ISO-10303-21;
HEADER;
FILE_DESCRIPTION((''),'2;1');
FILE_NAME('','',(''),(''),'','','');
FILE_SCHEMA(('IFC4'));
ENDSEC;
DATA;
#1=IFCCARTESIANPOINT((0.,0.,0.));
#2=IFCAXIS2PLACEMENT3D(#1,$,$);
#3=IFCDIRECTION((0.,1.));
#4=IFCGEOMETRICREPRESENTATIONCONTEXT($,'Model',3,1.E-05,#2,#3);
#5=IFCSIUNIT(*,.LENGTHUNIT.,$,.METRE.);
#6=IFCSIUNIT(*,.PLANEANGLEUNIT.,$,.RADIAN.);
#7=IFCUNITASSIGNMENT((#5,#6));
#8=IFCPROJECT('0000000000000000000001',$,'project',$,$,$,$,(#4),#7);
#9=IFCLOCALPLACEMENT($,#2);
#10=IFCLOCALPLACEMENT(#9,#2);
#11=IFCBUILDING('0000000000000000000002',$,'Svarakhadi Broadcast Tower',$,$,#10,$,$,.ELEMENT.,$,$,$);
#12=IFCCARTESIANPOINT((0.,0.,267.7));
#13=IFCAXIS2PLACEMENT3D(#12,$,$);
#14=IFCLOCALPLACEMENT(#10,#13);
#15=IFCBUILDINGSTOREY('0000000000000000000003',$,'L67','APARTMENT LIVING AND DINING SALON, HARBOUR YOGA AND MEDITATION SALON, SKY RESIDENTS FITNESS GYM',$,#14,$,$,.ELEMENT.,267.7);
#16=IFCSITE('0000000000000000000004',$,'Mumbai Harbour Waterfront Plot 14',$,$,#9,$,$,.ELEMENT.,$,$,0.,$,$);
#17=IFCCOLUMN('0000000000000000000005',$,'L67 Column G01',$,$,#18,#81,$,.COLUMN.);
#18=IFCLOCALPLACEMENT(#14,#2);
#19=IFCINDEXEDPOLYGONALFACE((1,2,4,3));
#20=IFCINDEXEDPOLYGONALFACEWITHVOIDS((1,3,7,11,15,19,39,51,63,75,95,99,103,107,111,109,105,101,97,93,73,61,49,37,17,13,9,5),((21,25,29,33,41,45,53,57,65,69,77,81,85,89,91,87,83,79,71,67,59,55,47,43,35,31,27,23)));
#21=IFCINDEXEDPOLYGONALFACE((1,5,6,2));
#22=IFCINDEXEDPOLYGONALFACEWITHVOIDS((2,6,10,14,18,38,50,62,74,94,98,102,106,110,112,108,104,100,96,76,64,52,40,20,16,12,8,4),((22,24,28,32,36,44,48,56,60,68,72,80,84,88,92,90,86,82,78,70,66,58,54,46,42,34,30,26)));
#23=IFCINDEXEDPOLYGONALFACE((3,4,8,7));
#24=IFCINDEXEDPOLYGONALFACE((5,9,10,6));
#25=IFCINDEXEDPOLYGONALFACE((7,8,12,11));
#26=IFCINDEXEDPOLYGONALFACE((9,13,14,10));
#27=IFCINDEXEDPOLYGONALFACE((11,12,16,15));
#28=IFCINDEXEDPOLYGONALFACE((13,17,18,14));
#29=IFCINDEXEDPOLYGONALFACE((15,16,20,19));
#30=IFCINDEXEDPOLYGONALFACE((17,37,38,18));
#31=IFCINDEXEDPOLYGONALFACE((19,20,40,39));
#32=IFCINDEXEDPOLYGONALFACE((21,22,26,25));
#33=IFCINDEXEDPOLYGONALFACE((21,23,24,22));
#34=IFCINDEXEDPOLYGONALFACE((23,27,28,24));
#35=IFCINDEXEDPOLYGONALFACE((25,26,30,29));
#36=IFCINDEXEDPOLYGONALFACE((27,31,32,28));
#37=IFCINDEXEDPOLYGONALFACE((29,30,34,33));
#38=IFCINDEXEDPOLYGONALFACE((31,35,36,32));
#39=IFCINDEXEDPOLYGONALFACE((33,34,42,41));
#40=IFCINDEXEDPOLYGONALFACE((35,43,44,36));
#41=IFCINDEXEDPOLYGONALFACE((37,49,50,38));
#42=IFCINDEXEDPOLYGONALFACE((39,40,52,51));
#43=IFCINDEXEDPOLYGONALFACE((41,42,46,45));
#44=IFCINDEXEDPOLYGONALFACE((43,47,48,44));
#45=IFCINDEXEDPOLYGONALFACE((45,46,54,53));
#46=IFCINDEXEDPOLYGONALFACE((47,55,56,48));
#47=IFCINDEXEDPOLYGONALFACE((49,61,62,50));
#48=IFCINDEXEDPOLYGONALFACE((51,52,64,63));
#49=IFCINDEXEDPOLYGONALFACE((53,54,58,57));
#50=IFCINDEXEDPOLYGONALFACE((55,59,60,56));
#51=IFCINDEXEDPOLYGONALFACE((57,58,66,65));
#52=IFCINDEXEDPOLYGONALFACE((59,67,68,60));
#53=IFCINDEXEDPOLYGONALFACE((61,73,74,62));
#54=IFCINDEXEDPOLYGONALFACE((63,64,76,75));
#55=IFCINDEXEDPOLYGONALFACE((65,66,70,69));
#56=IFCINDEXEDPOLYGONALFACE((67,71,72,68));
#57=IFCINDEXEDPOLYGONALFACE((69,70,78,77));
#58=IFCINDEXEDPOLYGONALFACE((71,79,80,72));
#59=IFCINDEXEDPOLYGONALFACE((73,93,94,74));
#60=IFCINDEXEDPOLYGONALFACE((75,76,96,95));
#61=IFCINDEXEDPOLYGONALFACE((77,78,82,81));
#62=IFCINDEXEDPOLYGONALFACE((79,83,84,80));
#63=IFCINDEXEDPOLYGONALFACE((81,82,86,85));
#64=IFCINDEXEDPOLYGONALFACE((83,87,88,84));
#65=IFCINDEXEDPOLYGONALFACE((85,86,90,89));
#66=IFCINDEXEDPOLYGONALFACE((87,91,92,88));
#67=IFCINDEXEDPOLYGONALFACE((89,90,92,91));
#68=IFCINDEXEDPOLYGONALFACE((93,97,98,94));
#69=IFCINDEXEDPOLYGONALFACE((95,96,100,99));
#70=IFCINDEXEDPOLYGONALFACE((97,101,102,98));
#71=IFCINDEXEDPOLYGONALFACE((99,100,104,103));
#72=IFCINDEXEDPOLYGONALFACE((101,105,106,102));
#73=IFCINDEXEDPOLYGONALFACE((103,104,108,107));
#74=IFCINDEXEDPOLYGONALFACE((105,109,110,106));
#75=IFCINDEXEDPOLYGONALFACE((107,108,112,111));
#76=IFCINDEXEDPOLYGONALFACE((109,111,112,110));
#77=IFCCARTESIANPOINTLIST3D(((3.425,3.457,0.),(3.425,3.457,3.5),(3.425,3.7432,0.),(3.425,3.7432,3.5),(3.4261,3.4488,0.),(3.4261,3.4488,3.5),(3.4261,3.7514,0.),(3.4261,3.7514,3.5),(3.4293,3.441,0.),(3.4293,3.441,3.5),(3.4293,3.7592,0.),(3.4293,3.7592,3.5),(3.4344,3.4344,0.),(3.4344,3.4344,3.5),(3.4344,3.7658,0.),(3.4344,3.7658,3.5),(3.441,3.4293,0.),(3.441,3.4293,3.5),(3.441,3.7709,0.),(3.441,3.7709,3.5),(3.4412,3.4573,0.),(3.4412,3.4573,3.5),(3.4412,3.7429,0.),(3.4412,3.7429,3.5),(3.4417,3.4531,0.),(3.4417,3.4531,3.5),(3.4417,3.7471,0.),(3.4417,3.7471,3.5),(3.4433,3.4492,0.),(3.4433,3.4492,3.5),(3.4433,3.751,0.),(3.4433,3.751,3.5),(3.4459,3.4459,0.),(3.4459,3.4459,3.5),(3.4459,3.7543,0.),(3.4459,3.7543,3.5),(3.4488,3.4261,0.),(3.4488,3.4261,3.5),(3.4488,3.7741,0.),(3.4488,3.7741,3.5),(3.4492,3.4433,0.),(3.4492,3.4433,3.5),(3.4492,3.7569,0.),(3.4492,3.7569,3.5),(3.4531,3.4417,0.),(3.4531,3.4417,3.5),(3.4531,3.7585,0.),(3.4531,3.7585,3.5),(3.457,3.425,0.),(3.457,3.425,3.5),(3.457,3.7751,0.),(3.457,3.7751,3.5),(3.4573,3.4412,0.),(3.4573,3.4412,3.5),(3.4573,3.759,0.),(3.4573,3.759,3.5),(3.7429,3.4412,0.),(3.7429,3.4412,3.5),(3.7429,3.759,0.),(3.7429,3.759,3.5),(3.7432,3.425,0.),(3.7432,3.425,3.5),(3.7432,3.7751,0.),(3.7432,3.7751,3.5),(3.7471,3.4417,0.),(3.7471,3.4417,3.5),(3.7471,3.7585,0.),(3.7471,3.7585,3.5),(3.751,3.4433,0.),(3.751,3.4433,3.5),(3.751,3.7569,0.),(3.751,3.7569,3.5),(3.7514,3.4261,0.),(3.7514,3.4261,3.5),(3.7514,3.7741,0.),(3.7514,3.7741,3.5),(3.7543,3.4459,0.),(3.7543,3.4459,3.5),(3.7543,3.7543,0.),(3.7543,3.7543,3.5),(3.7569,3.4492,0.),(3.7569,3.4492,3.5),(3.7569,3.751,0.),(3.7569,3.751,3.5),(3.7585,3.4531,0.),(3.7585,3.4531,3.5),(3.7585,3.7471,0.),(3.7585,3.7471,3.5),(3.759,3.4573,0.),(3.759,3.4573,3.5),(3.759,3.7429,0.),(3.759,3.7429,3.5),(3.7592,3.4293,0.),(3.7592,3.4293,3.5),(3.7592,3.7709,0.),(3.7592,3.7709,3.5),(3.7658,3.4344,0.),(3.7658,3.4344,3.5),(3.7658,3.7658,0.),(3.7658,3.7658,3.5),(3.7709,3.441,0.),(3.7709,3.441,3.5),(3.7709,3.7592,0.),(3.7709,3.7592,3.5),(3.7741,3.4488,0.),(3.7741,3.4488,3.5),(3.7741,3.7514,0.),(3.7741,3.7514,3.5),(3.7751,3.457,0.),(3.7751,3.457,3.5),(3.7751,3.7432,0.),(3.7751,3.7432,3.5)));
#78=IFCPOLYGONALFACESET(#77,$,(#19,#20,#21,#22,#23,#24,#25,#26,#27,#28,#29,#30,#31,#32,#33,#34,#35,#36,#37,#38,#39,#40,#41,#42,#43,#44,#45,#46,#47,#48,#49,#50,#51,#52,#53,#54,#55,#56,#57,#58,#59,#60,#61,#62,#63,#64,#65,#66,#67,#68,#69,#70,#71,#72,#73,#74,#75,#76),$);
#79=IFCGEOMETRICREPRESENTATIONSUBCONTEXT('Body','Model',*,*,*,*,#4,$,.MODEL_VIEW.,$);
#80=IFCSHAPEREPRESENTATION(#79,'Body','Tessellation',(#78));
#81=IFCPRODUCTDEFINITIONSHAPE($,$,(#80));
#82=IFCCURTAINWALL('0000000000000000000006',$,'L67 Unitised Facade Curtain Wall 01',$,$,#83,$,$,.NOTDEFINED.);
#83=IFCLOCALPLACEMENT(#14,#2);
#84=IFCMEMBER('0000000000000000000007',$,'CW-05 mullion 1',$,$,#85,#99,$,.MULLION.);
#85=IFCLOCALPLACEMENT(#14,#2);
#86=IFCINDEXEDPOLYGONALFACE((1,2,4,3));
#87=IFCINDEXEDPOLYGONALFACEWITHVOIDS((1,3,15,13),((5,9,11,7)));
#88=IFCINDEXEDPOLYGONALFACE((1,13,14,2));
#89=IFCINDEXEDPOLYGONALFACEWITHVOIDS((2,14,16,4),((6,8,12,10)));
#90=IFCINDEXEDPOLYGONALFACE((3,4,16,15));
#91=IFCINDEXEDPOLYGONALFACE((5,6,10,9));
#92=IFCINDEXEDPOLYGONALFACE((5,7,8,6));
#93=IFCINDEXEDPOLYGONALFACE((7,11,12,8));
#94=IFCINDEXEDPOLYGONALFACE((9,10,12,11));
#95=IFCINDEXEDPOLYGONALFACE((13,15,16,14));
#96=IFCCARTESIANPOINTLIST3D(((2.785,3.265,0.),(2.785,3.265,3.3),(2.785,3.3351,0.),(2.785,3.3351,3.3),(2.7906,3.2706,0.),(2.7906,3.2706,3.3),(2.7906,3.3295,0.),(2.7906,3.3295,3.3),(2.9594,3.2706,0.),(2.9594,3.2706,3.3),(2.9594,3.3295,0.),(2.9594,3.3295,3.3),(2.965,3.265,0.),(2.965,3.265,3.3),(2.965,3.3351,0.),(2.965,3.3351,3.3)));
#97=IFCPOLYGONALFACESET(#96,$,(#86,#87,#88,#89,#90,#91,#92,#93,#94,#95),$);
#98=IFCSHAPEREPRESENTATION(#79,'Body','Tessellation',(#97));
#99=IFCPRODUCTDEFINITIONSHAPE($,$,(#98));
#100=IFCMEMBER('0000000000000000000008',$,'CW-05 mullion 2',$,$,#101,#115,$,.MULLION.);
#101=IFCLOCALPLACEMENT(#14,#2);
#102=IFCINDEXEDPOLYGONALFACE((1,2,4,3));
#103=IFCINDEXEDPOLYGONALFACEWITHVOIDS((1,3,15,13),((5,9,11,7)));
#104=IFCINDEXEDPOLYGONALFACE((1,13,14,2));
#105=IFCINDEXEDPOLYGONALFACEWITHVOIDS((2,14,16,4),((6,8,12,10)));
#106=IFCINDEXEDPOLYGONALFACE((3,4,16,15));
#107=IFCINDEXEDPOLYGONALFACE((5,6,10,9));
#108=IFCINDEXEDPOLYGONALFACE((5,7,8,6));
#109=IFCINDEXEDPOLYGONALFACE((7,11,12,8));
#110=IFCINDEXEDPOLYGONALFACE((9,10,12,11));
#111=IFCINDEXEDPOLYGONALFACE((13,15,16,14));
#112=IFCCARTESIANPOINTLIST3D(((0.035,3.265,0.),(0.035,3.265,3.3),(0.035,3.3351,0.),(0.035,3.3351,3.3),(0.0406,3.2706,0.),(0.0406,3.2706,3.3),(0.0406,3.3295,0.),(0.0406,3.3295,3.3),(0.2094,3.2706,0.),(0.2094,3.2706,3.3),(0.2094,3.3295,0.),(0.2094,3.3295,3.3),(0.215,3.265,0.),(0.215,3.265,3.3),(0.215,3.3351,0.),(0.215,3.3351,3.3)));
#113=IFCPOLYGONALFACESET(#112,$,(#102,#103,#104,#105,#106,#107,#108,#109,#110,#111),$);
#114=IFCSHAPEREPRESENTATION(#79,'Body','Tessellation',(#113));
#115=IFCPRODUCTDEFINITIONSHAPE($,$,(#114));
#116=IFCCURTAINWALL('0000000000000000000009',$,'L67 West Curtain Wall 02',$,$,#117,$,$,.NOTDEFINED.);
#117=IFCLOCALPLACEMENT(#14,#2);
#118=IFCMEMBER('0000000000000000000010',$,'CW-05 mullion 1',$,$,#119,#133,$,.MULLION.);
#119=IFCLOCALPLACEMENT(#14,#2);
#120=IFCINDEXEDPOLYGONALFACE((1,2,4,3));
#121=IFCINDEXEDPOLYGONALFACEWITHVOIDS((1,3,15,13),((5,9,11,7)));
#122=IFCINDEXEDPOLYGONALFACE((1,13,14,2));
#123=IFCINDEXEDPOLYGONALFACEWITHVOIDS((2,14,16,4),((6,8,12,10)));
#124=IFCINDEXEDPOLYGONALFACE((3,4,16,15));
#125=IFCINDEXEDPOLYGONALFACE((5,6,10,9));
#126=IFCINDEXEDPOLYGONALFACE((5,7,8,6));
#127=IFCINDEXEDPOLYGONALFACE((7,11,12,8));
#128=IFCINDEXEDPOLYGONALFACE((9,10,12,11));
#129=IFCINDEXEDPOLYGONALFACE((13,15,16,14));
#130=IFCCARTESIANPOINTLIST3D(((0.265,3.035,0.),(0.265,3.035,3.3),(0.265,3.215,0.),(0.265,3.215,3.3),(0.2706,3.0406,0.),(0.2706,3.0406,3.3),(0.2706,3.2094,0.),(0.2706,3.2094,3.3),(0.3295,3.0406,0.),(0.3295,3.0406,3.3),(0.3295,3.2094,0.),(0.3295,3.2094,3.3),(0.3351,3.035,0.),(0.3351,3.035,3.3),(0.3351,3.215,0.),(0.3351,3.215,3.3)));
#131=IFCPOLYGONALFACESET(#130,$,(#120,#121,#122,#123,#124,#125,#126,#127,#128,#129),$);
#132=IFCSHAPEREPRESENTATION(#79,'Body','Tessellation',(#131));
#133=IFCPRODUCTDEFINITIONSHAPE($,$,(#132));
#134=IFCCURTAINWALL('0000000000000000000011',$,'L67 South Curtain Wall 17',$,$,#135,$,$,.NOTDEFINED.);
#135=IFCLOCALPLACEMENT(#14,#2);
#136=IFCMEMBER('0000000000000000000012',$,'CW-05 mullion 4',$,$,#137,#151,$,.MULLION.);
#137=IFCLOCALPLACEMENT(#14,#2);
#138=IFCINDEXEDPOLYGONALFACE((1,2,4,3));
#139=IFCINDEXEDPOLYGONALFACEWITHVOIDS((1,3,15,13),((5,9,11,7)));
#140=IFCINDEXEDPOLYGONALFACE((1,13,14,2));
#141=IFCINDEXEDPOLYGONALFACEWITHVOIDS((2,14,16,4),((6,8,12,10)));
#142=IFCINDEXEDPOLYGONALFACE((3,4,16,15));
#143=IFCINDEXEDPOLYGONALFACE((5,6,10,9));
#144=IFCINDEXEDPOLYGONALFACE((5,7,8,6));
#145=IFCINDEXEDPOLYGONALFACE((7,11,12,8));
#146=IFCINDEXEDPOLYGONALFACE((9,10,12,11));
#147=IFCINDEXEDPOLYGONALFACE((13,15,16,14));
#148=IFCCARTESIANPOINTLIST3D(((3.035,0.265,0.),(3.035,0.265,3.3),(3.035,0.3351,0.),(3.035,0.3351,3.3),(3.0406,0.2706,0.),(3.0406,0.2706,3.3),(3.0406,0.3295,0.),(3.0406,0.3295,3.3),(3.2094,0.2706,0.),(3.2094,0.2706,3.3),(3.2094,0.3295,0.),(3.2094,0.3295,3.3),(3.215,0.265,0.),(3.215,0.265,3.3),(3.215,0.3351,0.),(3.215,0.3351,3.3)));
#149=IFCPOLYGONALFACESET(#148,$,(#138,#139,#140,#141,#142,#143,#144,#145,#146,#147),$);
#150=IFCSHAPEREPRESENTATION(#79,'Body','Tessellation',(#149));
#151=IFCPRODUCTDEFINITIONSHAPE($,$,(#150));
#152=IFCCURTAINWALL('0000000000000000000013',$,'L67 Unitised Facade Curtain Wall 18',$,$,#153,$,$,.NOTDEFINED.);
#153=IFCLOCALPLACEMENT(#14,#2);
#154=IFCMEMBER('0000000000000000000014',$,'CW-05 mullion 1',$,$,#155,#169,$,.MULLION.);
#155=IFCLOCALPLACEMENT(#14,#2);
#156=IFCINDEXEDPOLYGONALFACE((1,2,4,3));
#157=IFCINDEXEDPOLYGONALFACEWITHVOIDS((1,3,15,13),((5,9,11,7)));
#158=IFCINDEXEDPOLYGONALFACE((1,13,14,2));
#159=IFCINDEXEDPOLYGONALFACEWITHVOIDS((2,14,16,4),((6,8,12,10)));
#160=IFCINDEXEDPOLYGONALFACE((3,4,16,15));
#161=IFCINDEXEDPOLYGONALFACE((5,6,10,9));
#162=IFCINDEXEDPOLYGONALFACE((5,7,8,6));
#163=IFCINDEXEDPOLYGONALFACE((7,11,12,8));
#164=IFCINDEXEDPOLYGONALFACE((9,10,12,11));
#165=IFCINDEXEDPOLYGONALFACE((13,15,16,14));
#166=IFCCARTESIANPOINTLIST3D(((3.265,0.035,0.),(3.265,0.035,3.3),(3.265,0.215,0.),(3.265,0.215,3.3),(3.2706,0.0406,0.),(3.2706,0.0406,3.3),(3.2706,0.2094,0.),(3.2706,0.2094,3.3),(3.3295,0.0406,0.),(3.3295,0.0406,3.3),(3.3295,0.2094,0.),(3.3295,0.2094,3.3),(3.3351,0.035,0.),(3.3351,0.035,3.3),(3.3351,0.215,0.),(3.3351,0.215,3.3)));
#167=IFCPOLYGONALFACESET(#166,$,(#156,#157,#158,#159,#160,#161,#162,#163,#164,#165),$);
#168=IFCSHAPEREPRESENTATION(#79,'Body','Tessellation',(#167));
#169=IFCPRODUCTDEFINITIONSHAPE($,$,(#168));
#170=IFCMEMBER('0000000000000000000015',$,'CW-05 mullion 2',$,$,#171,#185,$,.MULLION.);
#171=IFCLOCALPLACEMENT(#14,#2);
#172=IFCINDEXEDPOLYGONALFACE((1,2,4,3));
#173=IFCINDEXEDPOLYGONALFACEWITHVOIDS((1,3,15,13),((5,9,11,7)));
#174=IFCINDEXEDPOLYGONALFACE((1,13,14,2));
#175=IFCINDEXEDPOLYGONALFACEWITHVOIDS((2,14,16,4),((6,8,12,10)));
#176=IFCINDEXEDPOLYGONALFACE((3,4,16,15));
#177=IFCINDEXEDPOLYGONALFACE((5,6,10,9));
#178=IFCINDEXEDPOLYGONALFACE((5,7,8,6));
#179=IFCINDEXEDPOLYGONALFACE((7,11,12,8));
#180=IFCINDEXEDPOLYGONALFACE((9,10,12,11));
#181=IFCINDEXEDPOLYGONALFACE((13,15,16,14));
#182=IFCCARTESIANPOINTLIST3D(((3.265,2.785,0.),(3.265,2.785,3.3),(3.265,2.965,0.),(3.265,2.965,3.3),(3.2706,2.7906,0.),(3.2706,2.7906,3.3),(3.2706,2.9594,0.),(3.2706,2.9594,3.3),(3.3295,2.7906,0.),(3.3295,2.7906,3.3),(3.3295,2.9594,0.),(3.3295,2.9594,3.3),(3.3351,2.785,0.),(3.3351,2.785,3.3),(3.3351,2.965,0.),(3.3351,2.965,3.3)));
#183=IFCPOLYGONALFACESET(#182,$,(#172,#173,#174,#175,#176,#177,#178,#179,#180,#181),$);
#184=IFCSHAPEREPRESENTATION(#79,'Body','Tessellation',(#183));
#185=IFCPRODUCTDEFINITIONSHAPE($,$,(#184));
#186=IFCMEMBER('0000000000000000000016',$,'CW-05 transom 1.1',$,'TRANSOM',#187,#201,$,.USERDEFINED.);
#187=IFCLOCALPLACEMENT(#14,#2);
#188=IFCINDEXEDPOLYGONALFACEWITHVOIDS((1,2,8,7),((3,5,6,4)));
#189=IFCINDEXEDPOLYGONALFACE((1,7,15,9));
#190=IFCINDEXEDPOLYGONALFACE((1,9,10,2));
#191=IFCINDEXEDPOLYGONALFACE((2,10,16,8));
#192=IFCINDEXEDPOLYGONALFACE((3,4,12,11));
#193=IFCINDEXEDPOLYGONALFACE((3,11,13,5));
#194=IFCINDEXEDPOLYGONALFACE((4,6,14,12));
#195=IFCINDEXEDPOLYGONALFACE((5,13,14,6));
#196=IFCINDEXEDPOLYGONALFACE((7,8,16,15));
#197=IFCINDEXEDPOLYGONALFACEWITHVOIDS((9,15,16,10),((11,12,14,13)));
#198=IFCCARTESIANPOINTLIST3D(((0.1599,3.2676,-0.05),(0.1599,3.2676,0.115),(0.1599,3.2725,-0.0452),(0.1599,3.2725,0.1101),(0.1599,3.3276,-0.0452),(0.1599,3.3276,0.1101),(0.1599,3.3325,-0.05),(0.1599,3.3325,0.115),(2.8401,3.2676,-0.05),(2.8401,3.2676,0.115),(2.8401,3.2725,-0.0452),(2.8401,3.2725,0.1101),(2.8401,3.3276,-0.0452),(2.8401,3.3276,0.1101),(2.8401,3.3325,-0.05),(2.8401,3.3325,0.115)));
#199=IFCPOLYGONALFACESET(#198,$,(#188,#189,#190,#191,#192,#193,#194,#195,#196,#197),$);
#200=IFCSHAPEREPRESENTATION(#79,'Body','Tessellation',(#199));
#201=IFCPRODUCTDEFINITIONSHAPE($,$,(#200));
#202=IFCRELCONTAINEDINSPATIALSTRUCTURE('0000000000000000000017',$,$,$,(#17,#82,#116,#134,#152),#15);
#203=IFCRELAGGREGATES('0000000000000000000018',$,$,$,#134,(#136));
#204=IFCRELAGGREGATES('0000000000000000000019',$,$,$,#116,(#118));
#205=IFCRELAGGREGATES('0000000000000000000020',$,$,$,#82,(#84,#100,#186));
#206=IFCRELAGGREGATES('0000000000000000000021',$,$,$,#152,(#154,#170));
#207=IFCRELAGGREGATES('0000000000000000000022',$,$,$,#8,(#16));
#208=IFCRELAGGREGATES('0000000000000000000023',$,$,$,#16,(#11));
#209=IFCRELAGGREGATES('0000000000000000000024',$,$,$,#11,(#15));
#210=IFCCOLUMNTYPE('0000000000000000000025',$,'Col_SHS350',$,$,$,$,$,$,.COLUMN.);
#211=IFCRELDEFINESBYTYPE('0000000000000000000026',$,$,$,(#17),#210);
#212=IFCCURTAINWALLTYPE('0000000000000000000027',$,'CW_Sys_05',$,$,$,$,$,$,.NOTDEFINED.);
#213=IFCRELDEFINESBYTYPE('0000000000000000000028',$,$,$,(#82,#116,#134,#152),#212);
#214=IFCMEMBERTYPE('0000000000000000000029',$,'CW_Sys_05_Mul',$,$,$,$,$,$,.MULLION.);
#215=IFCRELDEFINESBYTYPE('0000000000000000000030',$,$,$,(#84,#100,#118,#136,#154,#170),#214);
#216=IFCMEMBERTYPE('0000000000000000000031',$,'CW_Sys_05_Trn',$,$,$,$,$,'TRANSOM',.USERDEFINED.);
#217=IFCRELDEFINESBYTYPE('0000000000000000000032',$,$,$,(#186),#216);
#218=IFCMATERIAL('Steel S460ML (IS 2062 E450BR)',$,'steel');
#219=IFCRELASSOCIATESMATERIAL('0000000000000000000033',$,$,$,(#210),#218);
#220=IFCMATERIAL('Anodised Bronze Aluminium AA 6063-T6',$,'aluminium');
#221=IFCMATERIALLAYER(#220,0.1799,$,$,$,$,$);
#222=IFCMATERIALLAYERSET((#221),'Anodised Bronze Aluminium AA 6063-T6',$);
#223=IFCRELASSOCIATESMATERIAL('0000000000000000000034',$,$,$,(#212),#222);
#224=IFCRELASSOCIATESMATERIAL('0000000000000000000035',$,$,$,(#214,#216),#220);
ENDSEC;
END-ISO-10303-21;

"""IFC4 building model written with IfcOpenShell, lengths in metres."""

from ifc_helpers import new_model, si_unit, direction, frame, origin, origin_2d, place, context, subcontext, project, spatial, hollow_rectangle, extrude, material, layer, layer_set, material_profile, profile_set, type_object, element, aggregate, save


model = new_model("IFC4")

# Units and contexts
model_context = context("Model", 3, precision=1e-05, world=origin(), true_north=direction((0.0, 1.0)))
body_context = subcontext(model_context, "Body", "Model", "MODEL_VIEW")
ifc_project = project(units=[si_unit("LENGTHUNIT", "METRE"), si_unit("PLANEANGLEUNIT", "RADIAN")], contexts=[model_context])

# Site, building, storey
site_placement = place(None, origin())
site = spatial("IfcSite", under=ifc_project, at=site_placement, Name="Mumbai Harbour Waterfront Plot 14", CompositionType="ELEMENT", RefElevation=0.0)
building_placement = place(site_placement, origin())
building = spatial("IfcBuilding", under=site, at=building_placement, Name="Svarakhadi Broadcast Tower", CompositionType="ELEMENT")
storey_placement = place(building_placement, frame((0.0, 0.0, 267.7)))
storey = spatial("IfcBuildingStorey", under=building, at=storey_placement, Name="L67", Description="APARTMENT LIVING AND DINING SALON, HARBOUR YOGA AND MEDITATION SALON, SKY RESIDENTS FITNESS GYM", CompositionType="ELEMENT", Elevation=267.7)

# Column
ifc_material_1 = material(Name="Steel S460ML (IS 2062 E450BR)", Category="steel")
ifc_material_profile_1 = material_profile(ifc_material_1, hollow_rectangle(XDim=0.3501, YDim=0.3501, WallThickness=0.0161, InnerFilletRadius=0.0161, OuterFilletRadius=0.032, at=origin_2d()), Name="SHS 350x350x16")
ifc_profile_set_1 = profile_set([ifc_material_profile_1], Name="Steel S460ML (IS 2062 E450BR)")
column_type = type_object("IfcColumnType", Name="Col_SHS350", PredefinedType="COLUMN", material=ifc_profile_set_1)
column_placement = place(storey_placement, frame((3.6001, 3.6001, 0.0), z_axis=(0.0, 0.0, 1.0), x_axis=(1.0, 0.0, 0.0)))
element("IfcColumn", 1, at=column_placement, inside=storey, type_object=column_type, Name="L67 Column G01", PredefinedType="COLUMN", context=body_context, shape_type="SweptSolid", body=[
    extrude(hollow_rectangle(XDim=0.3501, YDim=0.3501, WallThickness=0.0161, InnerFilletRadius=0.0161, OuterFilletRadius=0.032, at=origin_2d()), origin(), (0.0, 0.0, 1.0), 3.5),
])

# Curtain wall, members
ifc_material_2 = material(Name="Anodised Bronze Aluminium AA 6063-T6", Category="aluminium")
ifc_layer_1 = layer(ifc_material_2, 0.1799)
ifc_layer_set_1 = layer_set([ifc_layer_1], Name="Anodised Bronze Aluminium AA 6063-T6")
curtain_wall_type = type_object("IfcCurtainWallType", Name="CW_Sys_05", PredefinedType="NOTDEFINED", material=ifc_layer_set_1)
curtain_wall_1_placement = place(storey_placement, origin())
curtain_wall_1 = element("IfcCurtainWall", 2, at=curtain_wall_1_placement, inside=storey, type_object=curtain_wall_type, Name="L67 Unitised Facade Curtain Wall 01", PredefinedType="NOTDEFINED")
ifc_material_profile_2 = material_profile(ifc_material_2, hollow_rectangle(XDim=0.0701, YDim=0.1799, WallThickness=0.0056, at=origin_2d()), Name="ALU MULLION 180x70x6")
ifc_profile_set_2 = profile_set([ifc_material_profile_2], Name="Anodised Bronze Aluminium AA 6063-T6")
member_type_1 = type_object("IfcMemberType", Name="CW_Sys_05_Mul", PredefinedType="MULLION", material=ifc_profile_set_2)
member_1_placement = place(storey_placement, frame((2.875, 3.3, 0.0), z_axis=(0.0, 0.0, 1.0), x_axis=(0.0, -1.0, 0.0)))
member_1 = element("IfcMember", 3, at=member_1_placement, type_object=member_type_1, Name="CW-05 mullion 1", PredefinedType="MULLION", context=body_context, shape_type="SweptSolid", body=[
    extrude(hollow_rectangle(XDim=0.0701, YDim=0.1799, WallThickness=0.0056, at=origin_2d()), origin(), (0.0, 0.0, 1.0), 3.3),
])
member_2_placement = place(storey_placement, frame((0.125, 3.3, 0.0), z_axis=(0.0, 0.0, 1.0), x_axis=(0.0, -1.0, 0.0)))
member_2 = element("IfcMember", 4, at=member_2_placement, type_object=member_type_1, Name="CW-05 mullion 2", PredefinedType="MULLION", context=body_context, shape_type="SweptSolid", body=[
    extrude(hollow_rectangle(XDim=0.0701, YDim=0.1799, WallThickness=0.0056, at=origin_2d()), origin(), (0.0, 0.0, 1.0), 3.3),
])

# Curtain walls, members
curtain_wall_2_placement = place(storey_placement, origin())
curtain_wall_2 = element("IfcCurtainWall", 5, at=curtain_wall_2_placement, inside=storey, type_object=curtain_wall_type, Name="L67 West Curtain Wall 02", PredefinedType="NOTDEFINED")
member_3_placement = place(storey_placement, frame((0.3, 3.125, 0.0), z_axis=(0.0, 0.0, 1.0), x_axis=(-1.0, 0.0, 0.0)))
member_3 = element("IfcMember", 6, at=member_3_placement, type_object=member_type_1, Name="CW-05 mullion 1", PredefinedType="MULLION", context=body_context, shape_type="SweptSolid", body=[
    extrude(hollow_rectangle(XDim=0.0701, YDim=0.1799, WallThickness=0.0056, at=origin_2d()), origin(), (0.0, 0.0, 1.0), 3.3),
])
curtain_wall_3_placement = place(storey_placement, origin())
curtain_wall_3 = element("IfcCurtainWall", 7, at=curtain_wall_3_placement, inside=storey, type_object=curtain_wall_type, Name="L67 South Curtain Wall 17", PredefinedType="NOTDEFINED")
member_4_placement = place(storey_placement, frame((3.125, 0.3, 0.0), z_axis=(0.0, 0.0, 1.0), x_axis=(0.0, -1.0, 0.0)))
member_4 = element("IfcMember", 8, at=member_4_placement, type_object=member_type_1, Name="CW-05 mullion 4", PredefinedType="MULLION", context=body_context, shape_type="SweptSolid", body=[
    extrude(hollow_rectangle(XDim=0.0701, YDim=0.1799, WallThickness=0.0056, at=origin_2d()), origin(), (0.0, 0.0, 1.0), 3.3),
])
aggregate(curtain_wall_3, [member_4])

# Curtain wall, members
curtain_wall_4_placement = place(storey_placement, origin())
curtain_wall_4 = element("IfcCurtainWall", 9, at=curtain_wall_4_placement, inside=storey, type_object=curtain_wall_type, Name="L67 Unitised Facade Curtain Wall 18", PredefinedType="NOTDEFINED")
member_5_placement = place(storey_placement, frame((3.3, 0.125, 0.0), z_axis=(0.0, 0.0, 1.0), x_axis=(-1.0, 0.0, 0.0)))
member_5 = element("IfcMember", 10, at=member_5_placement, type_object=member_type_1, Name="CW-05 mullion 1", PredefinedType="MULLION", context=body_context, shape_type="SweptSolid", body=[
    extrude(hollow_rectangle(XDim=0.0701, YDim=0.1799, WallThickness=0.0056, at=origin_2d()), origin(), (0.0, 0.0, 1.0), 3.3),
])
member_6_placement = place(storey_placement, frame((3.3, 2.875, 0.0), z_axis=(0.0, 0.0, 1.0), x_axis=(-1.0, 0.0, 0.0)))
member_6 = element("IfcMember", 11, at=member_6_placement, type_object=member_type_1, Name="CW-05 mullion 2", PredefinedType="MULLION", context=body_context, shape_type="SweptSolid", body=[
    extrude(hollow_rectangle(XDim=0.0701, YDim=0.1799, WallThickness=0.0056, at=origin_2d()), origin(), (0.0, 0.0, 1.0), 3.3),
])

# Member
ifc_material_profile_3 = material_profile(ifc_material_2, hollow_rectangle(XDim=0.0649, YDim=0.165, WallThickness=0.0049, at=origin_2d()), Name="ALU TRANSOM 165x65x5")
ifc_profile_set_3 = profile_set([ifc_material_profile_3], Name="Anodised Bronze Aluminium AA 6063-T6")
member_type_2 = type_object("IfcMemberType", Name="CW_Sys_05_Trn", ElementType="TRANSOM", PredefinedType="USERDEFINED", material=ifc_profile_set_3)
member_7_placement = place(storey_placement, frame((2.8401, 3.3, 0.0325), z_axis=(-1.0, 0.0, 0.0), x_axis=(0.0, -1.0, 0.0)))
member_7 = element("IfcMember", 12, at=member_7_placement, type_object=member_type_2, Name="CW-05 transom 1.1", ObjectType="TRANSOM", PredefinedType="USERDEFINED", context=body_context, shape_type="SweptSolid", body=[
    extrude(hollow_rectangle(XDim=0.0649, YDim=0.165, WallThickness=0.0049, at=origin_2d()), origin(), (0.0, 0.0, 1.0), 2.6802),
])
aggregate(curtain_wall_2, [member_3])

aggregate(curtain_wall_1, [member_1, member_2, member_7])
aggregate(curtain_wall_4, [member_5, member_6])

save(model, "model.ifc")
